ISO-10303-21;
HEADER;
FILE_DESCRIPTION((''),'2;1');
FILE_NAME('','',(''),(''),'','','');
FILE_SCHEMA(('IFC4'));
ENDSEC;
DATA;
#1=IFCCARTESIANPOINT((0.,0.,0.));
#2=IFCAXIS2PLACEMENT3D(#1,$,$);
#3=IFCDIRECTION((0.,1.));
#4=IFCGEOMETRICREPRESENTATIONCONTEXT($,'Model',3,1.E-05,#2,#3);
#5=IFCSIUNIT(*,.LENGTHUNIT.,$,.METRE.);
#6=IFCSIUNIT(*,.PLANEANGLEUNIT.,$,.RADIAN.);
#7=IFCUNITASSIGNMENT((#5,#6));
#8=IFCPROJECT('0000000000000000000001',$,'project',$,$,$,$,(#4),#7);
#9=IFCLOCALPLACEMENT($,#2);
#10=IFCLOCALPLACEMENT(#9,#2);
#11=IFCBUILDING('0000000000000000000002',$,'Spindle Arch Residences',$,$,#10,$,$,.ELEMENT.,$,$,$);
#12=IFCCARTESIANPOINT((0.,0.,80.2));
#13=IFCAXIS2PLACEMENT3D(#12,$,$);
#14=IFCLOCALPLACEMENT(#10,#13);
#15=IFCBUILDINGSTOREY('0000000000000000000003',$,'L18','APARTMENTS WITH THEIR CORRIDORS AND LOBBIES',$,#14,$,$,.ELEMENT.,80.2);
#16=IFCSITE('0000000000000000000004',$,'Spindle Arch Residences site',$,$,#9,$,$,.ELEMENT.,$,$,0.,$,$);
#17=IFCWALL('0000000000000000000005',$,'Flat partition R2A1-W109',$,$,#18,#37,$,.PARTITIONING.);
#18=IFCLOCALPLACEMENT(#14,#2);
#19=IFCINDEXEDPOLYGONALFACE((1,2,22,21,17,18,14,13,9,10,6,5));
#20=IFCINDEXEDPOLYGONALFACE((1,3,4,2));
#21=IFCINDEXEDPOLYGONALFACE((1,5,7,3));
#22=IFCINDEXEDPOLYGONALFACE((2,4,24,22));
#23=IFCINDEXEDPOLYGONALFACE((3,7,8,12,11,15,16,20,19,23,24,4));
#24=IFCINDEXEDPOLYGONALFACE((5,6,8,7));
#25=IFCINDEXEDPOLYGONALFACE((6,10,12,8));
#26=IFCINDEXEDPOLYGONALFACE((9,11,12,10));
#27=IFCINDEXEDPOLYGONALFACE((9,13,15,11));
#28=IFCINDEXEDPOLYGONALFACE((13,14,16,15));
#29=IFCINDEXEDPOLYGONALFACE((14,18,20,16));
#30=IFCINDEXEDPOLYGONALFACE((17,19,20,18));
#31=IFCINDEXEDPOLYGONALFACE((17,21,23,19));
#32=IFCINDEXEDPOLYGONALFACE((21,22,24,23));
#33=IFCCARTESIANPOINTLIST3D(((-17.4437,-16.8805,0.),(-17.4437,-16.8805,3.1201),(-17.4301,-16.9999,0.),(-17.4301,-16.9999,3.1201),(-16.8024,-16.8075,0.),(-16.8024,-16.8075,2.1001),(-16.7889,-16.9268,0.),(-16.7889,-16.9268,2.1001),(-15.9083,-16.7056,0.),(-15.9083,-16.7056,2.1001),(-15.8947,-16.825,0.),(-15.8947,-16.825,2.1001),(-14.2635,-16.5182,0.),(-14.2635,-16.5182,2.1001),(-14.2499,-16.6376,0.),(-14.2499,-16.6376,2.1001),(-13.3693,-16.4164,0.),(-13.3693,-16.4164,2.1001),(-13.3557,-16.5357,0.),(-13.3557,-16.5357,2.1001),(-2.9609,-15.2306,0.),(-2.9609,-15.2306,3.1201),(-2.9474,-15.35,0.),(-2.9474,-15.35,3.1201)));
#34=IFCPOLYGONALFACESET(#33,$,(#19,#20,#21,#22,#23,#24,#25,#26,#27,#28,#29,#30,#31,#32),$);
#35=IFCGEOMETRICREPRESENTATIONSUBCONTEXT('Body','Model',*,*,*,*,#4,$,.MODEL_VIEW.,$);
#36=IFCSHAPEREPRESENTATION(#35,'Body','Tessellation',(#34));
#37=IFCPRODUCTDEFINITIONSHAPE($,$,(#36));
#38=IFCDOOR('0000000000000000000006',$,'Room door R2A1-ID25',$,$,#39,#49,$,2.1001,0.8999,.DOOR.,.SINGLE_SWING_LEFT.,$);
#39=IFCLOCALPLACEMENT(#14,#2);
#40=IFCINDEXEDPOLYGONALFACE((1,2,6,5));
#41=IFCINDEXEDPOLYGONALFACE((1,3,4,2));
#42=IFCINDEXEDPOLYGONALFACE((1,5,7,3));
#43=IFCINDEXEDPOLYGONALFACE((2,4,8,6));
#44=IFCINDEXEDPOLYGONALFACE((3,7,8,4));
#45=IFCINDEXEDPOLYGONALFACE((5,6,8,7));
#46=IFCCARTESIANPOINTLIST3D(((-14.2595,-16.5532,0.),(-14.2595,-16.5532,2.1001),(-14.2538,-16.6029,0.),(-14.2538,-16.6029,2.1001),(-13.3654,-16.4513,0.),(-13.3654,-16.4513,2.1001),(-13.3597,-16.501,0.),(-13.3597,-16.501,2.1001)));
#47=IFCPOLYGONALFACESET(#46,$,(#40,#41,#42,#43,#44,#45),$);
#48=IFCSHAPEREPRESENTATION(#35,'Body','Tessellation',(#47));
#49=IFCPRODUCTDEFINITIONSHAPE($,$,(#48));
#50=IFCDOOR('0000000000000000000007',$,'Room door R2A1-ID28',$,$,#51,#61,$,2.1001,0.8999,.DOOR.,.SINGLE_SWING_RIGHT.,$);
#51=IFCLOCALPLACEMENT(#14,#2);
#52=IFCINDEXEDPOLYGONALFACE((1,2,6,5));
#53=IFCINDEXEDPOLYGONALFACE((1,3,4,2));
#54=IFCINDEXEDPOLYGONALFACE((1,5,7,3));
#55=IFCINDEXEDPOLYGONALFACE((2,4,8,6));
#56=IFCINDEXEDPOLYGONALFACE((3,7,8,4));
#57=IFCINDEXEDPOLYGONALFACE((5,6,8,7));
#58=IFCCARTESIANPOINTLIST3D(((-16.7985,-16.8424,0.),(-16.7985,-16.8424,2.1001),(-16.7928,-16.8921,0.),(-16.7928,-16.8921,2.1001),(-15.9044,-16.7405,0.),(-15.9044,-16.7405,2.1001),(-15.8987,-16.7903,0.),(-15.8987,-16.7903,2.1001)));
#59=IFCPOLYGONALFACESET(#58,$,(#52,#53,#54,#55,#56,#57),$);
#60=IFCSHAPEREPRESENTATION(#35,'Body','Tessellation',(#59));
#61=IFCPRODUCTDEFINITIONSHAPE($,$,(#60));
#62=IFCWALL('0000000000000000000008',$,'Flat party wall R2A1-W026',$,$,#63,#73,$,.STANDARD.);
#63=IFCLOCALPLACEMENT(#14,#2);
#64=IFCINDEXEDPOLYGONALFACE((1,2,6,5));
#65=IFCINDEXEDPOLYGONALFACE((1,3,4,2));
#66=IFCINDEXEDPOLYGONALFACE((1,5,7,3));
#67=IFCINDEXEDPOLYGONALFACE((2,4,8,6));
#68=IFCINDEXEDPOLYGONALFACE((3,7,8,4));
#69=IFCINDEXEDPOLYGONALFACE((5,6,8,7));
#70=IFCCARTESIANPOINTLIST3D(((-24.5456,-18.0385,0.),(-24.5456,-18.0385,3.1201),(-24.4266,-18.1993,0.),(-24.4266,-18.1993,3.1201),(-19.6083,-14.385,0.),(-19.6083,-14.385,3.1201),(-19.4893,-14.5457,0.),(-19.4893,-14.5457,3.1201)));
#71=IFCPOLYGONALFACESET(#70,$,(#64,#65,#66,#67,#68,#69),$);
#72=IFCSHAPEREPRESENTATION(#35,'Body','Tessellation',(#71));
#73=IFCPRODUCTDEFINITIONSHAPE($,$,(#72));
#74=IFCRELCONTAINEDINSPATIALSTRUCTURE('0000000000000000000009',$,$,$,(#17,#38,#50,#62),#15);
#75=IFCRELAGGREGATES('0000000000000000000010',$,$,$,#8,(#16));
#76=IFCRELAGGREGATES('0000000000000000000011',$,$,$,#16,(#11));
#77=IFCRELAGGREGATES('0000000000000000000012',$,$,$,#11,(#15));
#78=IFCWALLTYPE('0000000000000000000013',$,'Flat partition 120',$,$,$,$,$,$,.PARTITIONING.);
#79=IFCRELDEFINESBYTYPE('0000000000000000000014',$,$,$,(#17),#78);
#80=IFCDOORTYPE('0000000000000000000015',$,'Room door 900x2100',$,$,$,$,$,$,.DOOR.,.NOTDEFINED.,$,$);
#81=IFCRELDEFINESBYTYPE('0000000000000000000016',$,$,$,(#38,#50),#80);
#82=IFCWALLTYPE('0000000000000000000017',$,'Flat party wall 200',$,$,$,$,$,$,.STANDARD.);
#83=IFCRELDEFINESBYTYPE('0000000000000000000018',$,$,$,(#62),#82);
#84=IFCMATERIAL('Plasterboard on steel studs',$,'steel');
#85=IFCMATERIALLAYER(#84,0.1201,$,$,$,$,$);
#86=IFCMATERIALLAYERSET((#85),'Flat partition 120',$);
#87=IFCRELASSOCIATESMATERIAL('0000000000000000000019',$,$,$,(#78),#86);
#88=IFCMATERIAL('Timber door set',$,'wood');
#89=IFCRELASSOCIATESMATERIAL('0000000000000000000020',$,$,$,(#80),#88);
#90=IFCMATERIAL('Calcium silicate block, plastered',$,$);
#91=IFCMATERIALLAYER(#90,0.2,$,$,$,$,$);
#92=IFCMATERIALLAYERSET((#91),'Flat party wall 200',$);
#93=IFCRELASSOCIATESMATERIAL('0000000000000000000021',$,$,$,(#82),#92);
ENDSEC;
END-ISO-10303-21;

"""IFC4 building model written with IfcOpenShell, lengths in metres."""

from ifc_helpers import new_model, si_unit, direction, frame, frame_2d, origin, place, context, subcontext, project, spatial, rectangle, extrude, material, layer, layer_set, type_object, element, fill, save


model = new_model("IFC4")

# Units and contexts
model_context = context("Model", 3, precision=1e-05, world=origin(), true_north=direction((0.0, 1.0)))
body_context = subcontext(model_context, "Body", "Model", "MODEL_VIEW")
ifc_project = project(units=[si_unit("LENGTHUNIT", "METRE"), si_unit("PLANEANGLEUNIT", "RADIAN")], contexts=[model_context])

# Site, building, storey
site_placement = place(None, origin())
site = spatial("IfcSite", under=ifc_project, at=site_placement, Name="Spindle Arch Residences site", CompositionType="ELEMENT", RefElevation=0.0)
building_placement = place(site_placement, origin())
building = spatial("IfcBuilding", under=site, at=building_placement, Name="Spindle Arch Residences", CompositionType="ELEMENT")
storey_placement = place(building_placement, frame((0.0, 0.0, 80.2)))
storey = spatial("IfcBuildingStorey", under=building, at=storey_placement, Name="L18", Description="APARTMENTS WITH THEIR CORRIDORS AND LOBBIES", CompositionType="ELEMENT", Elevation=80.2)

# Shared definitions
ifc_material_1 = material(Name="Plasterboard on steel studs", Category="steel")
ifc_layer_1 = layer(ifc_material_1, 0.1201)
ifc_layer_set_1 = layer_set([ifc_layer_1], Name="Flat partition 120")
wall_type_1 = type_object("IfcWallType", Name="Flat partition 120", PredefinedType="PARTITIONING", material=ifc_layer_set_1)

# Wall, openings, doors
wall_1_placement = place(storey_placement, frame((-17.4368, -16.9402, 0.0), z_axis=(0.0, 0.0, 1.0), x_axis=(0.993573, 0.11319, 0.0)))
wall_1 = element("IfcWall", 1, at=wall_1_placement, inside=storey, type_object=wall_type_1, Name="Flat partition R2A1-W109", PredefinedType="PARTITIONING", context=body_context, shape_type="SweptSolid", body=[
    extrude(rectangle(XDim=14.5764, YDim=0.1201, at=frame_2d((7.2881, 0.0))), origin(), (0.0, 0.0, 1.0), 3.1201),
])
opening_1_placement = place(wall_1_placement, frame((3.2007, 0.0, 0.0)))
opening_1 = element("IfcOpeningElement", 2, at=opening_1_placement, cuts=wall_1, PredefinedType="OPENING", context=body_context, shape_type="SweptSolid", body=[
    extrude(rectangle(XDim=0.8999, YDim=2.1001, at=frame_2d((0.45, 1.05))), frame((0.0, 0.0701, 0.0), z_axis=(0.0, -1.0, 0.0), x_axis=(1.0, 0.0, 0.0)), (0.0, 0.0, 1.0), 0.1401),
])
opening_2_placement = place(wall_1_placement, frame((0.6453, 0.0, 0.0)))
opening_2 = element("IfcOpeningElement", 3, at=opening_2_placement, cuts=wall_1, PredefinedType="OPENING", context=body_context, shape_type="SweptSolid", body=[
    extrude(rectangle(XDim=0.8999, YDim=2.1001, at=frame_2d((0.45, 1.05))), frame((0.0, 0.0701, 0.0), z_axis=(0.0, -1.0, 0.0), x_axis=(1.0, 0.0, 0.0)), (0.0, 0.0, 1.0), 0.1401),
])
ifc_material_2 = material(Name="Timber door set", Category="wood")
door_type = type_object("IfcDoorType", Name="Room door 900x2100", OperationType="NOTDEFINED", PredefinedType="DOOR", material=ifc_material_2)
door_1_placement = place(opening_1_placement, origin())
door_1 = element("IfcDoor", 4, at=door_1_placement, inside=storey, type_object=door_type, Name="Room door R2A1-ID25", OperationType="SINGLE_SWING_LEFT", OverallHeight=2.1001, OverallWidth=0.8999, PredefinedType="DOOR", context=body_context, shape_type="SweptSolid", body=[
    extrude(rectangle(XDim=0.8999, YDim=2.1001, at=frame_2d((0.45, 1.05))), frame((0.0, 0.0249, 0.0), z_axis=(0.0, -1.0, 0.0), x_axis=(1.0, 0.0, 0.0)), (0.0, 0.0, 1.0), 0.05),
])
fill(opening_1, door_1)
door_2_placement = place(opening_2_placement, origin())
door_2 = element("IfcDoor", 5, at=door_2_placement, inside=storey, type_object=door_type, Name="Room door R2A1-ID28", OperationType="SINGLE_SWING_RIGHT", OverallHeight=2.1001, OverallWidth=0.8999, PredefinedType="DOOR", context=body_context, shape_type="SweptSolid", body=[
    extrude(rectangle(XDim=0.8999, YDim=2.1001, at=frame_2d((0.45, 1.05))), frame((0.0, 0.0249, 0.0), z_axis=(0.0, -1.0, 0.0), x_axis=(1.0, 0.0, 0.0)), (0.0, 0.0, 1.0), 0.05),
])
fill(opening_2, door_2)

# Wall
ifc_material_3 = material(Name="Calcium silicate block, plastered")
ifc_layer_2 = layer(ifc_material_3, 0.2)
ifc_layer_set_2 = layer_set([ifc_layer_2], Name="Flat party wall 200")
wall_type_2 = type_object("IfcWallType", Name="Flat party wall 200", PredefinedType="STANDARD", material=ifc_layer_set_2)
wall_2_placement = place(storey_placement, frame((-24.4861, -18.1189, 0.0), z_axis=(0.0, 0.0, 1.0), x_axis=(0.803842, 0.594842, 0.0)))
element("IfcWall", 6, at=wall_2_placement, inside=storey, type_object=wall_type_2, Name="Flat party wall R2A1-W026", PredefinedType="STANDARD", context=body_context, shape_type="SweptSolid", body=[
    extrude(rectangle(XDim=6.1421, YDim=0.2, at=frame_2d((3.071, 0.0))), origin(), (0.0, 0.0, 1.0), 3.1201),
])

save(model, "model.ifc")
